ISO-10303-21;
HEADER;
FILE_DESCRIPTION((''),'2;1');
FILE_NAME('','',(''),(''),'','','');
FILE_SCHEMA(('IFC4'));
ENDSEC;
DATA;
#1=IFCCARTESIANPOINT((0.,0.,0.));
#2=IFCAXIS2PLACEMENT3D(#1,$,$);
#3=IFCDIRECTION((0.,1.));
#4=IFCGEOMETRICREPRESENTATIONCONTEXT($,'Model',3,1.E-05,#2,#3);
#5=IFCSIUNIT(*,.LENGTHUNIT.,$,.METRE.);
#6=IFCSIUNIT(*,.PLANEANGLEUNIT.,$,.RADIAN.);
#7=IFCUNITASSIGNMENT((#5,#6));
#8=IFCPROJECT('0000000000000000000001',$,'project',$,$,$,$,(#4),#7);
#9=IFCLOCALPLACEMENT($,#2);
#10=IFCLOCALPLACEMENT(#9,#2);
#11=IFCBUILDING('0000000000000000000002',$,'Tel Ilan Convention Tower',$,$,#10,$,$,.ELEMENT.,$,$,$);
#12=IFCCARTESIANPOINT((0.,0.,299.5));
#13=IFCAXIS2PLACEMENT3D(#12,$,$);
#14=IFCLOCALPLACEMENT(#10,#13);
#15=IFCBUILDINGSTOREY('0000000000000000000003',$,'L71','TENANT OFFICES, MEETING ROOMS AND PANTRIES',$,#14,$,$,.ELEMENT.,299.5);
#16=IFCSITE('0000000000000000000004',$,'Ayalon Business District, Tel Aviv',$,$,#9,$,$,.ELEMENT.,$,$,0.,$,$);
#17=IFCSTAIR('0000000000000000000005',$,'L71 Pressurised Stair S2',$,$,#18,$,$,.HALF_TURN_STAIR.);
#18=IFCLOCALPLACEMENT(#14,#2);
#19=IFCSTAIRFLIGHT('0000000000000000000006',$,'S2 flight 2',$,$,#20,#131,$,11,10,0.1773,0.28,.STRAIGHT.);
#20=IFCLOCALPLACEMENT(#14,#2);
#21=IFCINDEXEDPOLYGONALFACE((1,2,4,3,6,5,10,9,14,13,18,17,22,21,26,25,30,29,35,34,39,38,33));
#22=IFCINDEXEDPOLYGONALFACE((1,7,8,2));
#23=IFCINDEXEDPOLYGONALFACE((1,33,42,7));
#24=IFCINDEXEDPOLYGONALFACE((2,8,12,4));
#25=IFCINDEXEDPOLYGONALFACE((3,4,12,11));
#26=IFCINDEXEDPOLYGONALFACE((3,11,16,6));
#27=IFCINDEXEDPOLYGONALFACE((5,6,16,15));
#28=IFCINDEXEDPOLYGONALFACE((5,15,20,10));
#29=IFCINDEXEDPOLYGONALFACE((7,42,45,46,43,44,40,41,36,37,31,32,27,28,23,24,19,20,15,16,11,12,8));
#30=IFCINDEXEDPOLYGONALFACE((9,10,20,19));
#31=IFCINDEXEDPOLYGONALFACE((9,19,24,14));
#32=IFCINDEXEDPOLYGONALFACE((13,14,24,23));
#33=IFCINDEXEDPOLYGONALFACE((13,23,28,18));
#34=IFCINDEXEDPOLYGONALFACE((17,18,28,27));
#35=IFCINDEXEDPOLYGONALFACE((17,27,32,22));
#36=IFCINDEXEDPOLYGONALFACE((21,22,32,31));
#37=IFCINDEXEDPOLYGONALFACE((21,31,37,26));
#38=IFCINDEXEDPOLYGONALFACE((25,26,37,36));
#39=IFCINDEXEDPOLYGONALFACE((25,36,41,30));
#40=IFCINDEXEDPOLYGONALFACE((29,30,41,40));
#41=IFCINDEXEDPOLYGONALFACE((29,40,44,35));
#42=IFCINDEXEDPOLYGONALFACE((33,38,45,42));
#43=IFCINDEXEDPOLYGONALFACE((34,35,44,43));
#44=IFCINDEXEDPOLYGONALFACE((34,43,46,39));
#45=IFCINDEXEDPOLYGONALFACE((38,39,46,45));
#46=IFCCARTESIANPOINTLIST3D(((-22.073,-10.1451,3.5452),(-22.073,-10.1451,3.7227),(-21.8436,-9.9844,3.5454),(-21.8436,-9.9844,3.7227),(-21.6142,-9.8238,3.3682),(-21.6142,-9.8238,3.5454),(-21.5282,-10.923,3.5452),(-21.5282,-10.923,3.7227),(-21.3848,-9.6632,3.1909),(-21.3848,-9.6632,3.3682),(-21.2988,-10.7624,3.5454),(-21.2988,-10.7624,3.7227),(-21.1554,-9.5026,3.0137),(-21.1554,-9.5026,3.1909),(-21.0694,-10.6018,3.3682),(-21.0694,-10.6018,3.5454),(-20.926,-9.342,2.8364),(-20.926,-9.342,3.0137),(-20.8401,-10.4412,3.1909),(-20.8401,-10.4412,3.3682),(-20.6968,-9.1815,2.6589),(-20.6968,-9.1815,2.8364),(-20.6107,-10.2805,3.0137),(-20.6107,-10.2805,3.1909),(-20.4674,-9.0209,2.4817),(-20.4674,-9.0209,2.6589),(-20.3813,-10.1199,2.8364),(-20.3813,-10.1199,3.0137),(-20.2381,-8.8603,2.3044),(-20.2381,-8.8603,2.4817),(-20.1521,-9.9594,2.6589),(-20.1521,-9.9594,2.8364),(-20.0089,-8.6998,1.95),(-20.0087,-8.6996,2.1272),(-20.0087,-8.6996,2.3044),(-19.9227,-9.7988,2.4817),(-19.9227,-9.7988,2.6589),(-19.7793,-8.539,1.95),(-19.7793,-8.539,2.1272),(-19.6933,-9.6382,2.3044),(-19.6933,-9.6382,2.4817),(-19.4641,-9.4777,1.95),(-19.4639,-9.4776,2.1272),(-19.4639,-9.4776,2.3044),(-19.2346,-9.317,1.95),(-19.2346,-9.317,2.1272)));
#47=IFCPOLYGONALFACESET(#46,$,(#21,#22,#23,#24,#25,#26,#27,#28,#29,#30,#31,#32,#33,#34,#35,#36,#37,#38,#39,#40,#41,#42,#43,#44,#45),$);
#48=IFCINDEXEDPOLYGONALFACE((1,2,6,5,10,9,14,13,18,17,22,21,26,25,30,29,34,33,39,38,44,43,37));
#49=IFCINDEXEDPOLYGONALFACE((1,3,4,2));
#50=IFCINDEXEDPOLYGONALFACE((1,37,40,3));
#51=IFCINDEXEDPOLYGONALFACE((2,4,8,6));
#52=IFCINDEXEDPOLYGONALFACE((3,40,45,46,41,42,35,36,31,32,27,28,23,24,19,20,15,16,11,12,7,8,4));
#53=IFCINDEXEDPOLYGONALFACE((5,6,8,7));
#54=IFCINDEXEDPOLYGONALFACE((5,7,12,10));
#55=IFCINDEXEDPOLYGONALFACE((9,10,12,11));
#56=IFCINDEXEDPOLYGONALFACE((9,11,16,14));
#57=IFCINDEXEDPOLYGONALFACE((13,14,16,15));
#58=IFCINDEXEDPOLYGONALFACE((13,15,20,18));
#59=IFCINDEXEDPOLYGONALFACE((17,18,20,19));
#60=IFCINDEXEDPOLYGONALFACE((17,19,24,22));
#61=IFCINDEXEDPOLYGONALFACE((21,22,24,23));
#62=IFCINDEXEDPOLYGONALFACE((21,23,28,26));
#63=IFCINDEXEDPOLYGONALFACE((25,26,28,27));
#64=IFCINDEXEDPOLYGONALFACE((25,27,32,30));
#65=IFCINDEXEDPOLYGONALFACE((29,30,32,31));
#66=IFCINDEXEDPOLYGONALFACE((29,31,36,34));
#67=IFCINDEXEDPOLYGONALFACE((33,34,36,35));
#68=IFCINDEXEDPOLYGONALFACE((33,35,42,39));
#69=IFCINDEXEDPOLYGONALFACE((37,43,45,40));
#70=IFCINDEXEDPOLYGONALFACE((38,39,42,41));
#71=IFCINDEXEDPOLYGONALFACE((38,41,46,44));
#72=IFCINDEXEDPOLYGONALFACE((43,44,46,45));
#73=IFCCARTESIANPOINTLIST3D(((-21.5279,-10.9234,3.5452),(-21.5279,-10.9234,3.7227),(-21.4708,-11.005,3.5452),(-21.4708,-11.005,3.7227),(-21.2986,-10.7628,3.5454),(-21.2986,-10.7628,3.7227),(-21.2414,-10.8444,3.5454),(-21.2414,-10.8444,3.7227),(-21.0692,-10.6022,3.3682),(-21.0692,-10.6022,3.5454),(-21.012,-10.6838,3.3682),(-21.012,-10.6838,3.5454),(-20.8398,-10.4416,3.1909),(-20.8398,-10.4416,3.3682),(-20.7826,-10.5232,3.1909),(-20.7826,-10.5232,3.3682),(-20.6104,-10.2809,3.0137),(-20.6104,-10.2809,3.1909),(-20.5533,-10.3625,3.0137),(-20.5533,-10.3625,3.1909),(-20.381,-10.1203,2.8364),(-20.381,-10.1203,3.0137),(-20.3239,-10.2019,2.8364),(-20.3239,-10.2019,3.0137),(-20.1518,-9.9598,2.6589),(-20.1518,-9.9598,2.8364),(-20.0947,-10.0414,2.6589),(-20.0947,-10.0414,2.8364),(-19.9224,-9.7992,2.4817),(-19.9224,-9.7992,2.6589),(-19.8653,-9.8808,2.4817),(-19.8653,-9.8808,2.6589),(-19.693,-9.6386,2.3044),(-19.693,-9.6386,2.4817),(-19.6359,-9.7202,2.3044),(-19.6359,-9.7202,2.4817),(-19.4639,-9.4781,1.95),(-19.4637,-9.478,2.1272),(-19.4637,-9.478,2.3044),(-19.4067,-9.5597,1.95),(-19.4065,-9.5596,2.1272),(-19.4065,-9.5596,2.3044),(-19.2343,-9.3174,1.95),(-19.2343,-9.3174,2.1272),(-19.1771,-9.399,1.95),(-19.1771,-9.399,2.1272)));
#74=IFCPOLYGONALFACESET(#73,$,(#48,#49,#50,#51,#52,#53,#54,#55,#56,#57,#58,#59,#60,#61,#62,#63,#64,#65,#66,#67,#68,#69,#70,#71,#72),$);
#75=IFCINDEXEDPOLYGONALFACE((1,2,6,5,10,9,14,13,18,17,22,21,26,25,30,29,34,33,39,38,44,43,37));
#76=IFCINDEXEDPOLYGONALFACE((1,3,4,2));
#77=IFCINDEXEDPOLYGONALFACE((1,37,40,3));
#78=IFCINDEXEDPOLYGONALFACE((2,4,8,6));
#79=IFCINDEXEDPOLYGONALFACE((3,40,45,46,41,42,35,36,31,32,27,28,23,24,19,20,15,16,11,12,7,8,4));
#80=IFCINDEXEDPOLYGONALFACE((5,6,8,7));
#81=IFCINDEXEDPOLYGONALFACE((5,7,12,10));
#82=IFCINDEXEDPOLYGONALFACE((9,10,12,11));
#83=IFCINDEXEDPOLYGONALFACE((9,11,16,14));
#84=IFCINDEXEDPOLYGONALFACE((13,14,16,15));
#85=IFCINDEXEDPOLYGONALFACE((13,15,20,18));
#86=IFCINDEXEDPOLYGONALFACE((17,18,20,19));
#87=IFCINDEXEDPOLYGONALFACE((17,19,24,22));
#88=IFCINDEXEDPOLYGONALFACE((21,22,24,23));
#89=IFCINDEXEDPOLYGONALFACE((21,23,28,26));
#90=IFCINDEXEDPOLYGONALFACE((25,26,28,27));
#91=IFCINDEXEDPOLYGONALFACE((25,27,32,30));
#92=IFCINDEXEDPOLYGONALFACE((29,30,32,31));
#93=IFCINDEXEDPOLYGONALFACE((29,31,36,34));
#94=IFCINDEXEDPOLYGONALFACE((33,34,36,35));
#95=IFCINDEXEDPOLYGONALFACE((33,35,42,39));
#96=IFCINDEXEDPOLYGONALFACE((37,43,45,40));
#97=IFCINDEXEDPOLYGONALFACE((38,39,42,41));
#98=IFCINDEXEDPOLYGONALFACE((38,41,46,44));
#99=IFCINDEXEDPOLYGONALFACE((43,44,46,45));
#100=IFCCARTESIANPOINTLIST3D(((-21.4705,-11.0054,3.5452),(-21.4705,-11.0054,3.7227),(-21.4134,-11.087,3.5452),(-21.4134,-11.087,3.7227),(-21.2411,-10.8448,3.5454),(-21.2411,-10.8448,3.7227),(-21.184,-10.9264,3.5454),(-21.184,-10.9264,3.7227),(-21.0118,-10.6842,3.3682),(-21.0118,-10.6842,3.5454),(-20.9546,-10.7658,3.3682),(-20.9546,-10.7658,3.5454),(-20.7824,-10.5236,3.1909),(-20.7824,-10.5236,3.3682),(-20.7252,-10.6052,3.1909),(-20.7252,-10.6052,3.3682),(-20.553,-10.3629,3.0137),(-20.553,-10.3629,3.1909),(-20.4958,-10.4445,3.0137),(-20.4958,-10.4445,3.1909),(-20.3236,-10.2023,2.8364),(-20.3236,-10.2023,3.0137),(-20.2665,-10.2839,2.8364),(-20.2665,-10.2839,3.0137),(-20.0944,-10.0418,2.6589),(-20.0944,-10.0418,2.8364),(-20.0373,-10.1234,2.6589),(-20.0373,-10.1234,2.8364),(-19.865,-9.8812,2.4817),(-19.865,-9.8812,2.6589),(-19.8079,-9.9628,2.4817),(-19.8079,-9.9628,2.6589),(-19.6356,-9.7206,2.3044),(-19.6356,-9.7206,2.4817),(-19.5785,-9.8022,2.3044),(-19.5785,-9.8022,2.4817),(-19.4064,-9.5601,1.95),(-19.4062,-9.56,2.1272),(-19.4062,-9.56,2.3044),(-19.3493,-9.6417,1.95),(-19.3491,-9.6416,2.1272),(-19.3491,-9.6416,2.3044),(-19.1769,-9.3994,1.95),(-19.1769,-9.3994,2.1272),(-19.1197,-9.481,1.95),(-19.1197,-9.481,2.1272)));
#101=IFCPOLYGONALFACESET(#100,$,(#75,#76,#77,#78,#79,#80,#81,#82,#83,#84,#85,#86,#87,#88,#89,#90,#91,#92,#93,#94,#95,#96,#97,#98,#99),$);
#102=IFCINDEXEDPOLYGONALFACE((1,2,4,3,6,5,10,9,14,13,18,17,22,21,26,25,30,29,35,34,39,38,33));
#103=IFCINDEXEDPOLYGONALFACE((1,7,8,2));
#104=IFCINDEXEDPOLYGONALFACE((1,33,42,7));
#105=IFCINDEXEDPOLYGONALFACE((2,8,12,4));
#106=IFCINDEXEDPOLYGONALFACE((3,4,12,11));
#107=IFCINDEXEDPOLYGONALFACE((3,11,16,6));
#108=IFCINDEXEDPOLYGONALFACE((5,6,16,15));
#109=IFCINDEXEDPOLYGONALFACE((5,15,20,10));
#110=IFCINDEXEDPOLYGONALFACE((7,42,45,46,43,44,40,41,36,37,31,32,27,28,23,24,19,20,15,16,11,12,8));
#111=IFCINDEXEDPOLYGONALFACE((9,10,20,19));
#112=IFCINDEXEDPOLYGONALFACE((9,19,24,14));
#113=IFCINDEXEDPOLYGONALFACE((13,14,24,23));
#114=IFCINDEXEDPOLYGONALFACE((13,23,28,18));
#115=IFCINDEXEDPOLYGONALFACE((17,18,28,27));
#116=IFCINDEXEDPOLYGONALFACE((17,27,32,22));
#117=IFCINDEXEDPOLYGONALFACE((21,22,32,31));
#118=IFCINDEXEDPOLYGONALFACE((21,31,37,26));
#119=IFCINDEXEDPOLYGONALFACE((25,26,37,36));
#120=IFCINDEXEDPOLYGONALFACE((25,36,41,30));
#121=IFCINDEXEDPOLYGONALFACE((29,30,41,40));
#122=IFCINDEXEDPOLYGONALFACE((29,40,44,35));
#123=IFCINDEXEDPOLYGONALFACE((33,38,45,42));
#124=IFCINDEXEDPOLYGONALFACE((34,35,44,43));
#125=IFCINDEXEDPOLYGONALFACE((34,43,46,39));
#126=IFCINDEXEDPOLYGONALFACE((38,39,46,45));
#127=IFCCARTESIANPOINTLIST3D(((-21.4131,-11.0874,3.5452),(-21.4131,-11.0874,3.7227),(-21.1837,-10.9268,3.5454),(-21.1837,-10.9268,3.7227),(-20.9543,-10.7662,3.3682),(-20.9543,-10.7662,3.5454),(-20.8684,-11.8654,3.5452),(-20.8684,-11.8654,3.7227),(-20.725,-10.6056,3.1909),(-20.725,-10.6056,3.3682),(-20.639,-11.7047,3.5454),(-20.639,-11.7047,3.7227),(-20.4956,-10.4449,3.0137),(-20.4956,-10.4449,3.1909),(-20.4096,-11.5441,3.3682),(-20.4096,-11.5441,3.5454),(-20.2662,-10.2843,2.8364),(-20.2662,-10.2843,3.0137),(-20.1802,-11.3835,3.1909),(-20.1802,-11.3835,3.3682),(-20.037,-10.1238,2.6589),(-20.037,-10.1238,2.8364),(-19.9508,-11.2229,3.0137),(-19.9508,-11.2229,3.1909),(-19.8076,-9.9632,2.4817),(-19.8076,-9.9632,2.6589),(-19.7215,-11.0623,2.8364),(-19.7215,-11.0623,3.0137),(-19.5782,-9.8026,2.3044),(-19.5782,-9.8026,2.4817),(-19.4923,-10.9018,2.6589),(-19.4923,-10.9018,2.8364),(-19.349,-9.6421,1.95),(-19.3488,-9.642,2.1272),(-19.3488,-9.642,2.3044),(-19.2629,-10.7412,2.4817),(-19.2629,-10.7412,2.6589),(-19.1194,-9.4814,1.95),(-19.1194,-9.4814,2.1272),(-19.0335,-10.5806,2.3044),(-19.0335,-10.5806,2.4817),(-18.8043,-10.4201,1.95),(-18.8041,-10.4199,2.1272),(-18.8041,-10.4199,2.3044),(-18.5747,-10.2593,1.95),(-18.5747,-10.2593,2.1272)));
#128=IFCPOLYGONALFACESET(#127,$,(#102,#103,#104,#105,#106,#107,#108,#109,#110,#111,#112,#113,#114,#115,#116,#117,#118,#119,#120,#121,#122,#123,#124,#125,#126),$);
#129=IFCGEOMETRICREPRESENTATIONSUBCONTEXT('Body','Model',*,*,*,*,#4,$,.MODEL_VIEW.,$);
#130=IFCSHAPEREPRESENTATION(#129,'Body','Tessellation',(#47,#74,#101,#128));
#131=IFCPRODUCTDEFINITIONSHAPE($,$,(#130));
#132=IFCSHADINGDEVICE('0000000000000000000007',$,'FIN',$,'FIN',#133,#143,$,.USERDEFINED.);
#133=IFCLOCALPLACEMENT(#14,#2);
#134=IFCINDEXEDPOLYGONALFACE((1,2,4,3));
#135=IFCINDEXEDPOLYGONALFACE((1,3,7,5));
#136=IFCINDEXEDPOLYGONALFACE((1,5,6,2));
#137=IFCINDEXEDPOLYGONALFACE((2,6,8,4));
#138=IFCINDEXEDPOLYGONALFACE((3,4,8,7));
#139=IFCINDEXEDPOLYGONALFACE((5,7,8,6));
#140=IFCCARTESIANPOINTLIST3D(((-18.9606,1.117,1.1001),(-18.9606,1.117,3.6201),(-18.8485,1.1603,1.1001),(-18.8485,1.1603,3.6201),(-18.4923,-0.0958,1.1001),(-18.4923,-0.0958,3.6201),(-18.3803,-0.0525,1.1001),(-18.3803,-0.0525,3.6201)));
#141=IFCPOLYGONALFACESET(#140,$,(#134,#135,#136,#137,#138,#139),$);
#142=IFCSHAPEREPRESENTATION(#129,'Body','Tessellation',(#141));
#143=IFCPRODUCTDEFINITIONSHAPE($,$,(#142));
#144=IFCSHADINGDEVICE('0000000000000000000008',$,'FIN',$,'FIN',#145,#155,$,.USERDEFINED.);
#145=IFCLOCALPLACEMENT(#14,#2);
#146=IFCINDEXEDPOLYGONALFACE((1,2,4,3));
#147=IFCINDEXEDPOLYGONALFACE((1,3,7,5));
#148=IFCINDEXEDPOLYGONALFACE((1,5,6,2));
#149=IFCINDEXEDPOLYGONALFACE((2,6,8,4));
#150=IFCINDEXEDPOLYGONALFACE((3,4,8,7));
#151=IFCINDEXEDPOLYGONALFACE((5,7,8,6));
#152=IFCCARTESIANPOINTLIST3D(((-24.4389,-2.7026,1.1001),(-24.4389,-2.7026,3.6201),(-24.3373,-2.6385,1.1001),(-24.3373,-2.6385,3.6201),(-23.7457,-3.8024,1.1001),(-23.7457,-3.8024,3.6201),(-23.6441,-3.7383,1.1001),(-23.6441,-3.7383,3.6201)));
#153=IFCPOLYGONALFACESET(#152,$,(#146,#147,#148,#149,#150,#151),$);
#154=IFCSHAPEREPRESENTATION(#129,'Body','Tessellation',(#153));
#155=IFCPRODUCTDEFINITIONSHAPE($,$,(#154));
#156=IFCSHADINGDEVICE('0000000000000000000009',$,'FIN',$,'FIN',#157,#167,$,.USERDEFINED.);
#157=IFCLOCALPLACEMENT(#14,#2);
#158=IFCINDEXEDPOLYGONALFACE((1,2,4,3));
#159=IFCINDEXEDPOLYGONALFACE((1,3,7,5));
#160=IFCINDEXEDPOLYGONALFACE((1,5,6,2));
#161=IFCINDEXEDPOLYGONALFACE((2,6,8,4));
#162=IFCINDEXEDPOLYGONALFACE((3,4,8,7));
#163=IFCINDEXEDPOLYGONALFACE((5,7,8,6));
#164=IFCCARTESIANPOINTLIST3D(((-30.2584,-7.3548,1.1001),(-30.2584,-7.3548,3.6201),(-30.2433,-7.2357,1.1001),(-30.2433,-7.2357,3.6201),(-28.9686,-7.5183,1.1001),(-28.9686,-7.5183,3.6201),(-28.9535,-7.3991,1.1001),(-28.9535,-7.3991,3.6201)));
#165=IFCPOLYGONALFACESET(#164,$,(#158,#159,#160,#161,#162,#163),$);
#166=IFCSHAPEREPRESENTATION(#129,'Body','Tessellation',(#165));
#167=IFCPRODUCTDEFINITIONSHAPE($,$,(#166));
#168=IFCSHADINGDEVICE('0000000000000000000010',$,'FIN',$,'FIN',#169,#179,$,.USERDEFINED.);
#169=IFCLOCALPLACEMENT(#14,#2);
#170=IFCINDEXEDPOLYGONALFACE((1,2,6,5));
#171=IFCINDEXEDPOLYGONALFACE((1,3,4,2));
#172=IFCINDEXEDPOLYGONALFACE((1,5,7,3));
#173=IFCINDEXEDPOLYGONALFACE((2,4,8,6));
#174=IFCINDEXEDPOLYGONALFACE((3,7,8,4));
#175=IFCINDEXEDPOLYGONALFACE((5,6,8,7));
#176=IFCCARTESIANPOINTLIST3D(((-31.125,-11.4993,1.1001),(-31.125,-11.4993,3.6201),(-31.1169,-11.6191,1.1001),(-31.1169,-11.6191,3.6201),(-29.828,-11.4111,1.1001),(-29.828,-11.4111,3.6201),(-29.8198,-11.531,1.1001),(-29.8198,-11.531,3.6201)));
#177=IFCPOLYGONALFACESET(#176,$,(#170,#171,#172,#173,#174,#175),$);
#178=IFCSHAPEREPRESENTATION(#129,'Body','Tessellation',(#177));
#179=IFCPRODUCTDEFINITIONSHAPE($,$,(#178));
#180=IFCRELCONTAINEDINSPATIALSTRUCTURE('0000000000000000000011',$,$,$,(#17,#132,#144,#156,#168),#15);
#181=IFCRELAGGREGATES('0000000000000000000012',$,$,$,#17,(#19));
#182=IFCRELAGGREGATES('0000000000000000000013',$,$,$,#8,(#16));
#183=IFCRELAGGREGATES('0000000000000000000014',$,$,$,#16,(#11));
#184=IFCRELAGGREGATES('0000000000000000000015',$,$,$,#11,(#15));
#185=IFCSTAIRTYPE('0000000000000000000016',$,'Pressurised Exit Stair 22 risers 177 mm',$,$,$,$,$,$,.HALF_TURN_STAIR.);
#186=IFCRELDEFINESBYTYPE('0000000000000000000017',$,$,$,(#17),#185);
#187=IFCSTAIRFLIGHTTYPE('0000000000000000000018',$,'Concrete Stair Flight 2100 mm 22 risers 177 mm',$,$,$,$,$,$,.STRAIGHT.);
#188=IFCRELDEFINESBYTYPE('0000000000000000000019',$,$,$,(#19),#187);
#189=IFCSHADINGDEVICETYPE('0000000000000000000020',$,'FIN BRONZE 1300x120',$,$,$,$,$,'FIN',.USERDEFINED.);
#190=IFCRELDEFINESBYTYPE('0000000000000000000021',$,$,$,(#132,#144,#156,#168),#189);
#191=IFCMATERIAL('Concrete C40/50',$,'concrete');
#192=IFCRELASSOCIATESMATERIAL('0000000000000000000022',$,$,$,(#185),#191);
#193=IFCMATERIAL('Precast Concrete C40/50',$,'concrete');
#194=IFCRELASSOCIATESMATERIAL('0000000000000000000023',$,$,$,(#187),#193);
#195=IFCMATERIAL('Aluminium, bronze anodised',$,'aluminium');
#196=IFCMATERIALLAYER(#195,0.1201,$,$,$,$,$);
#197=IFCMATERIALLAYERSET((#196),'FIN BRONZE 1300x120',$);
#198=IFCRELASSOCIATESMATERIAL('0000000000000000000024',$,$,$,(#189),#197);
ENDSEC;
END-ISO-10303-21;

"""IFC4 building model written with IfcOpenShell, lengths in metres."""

from ifc_helpers import new_model, si_unit, direction, frame, origin, origin_2d, place, context, subcontext, project, spatial, polyline, rectangle, outline, extrude, material, layer, layer_set, type_object, element, aggregate, save


model = new_model("IFC4")

# Units and contexts
model_context = context("Model", 3, precision=1e-05, world=origin(), true_north=direction((0.0, 1.0)))
body_context = subcontext(model_context, "Body", "Model", "MODEL_VIEW")
ifc_project = project(units=[si_unit("LENGTHUNIT", "METRE"), si_unit("PLANEANGLEUNIT", "RADIAN")], contexts=[model_context])

# Site, building, storey
site_placement = place(None, origin())
site = spatial("IfcSite", under=ifc_project, at=site_placement, Name="Ayalon Business District, Tel Aviv", CompositionType="ELEMENT", RefElevation=0.0)
building_placement = place(site_placement, origin())
building = spatial("IfcBuilding", under=site, at=building_placement, Name="Tel Ilan Convention Tower", CompositionType="ELEMENT")
storey_placement = place(building_placement, frame((0.0, 0.0, 299.5)))
storey = spatial("IfcBuildingStorey", under=building, at=storey_placement, Name="L71", Description="TENANT OFFICES, MEETING ROOMS AND PANTRIES", CompositionType="ELEMENT", Elevation=299.5)

# Shared definitions
ifc_material_1 = material(Name="Concrete C40/50", Category="concrete")
stair_type = type_object("IfcStairType", Name="Pressurised Exit Stair 22 risers 177 mm", PredefinedType="HALF_TURN_STAIR", material=ifc_material_1)
ifc_material_2 = material(Name="Precast Concrete C40/50", Category="concrete")
stair_flight_type = type_object("IfcStairFlightType", Name="Concrete Stair Flight 2100 mm 22 risers 177 mm", PredefinedType="STRAIGHT", material=ifc_material_2)

# Stair, stair flight
stair_1_placement = place(storey_placement, origin())
stair_1 = element("IfcStair", 1, at=stair_1_placement, inside=storey, type_object=stair_type, Name="L71 Pressurised Stair S2", PredefinedType="HALF_TURN_STAIR")
stair_flight_1_placement = place(storey_placement, frame((-19.177, -9.3992, 1.95), z_axis=(0.0, 0.0, 1.0), x_axis=(-0.819152, -0.573576, 0.0)))
stair_flight_1 = element("IfcStairFlight", 2, at=stair_flight_1_placement, type_object=stair_flight_type, Name="S2 flight 2", NumberOfRisers=11, NumberOfTreads=10, PredefinedType="STRAIGHT", RiserHeight=0.1773, TreadLength=0.28, context=body_context, shape_type="SweptSolid", body=[
    extrude(outline(polyline([(0.0, 0.0), (0.0, 0.1772), (0.28, 0.1772), (0.28, 0.3545), (0.5601, 0.3545), (0.5601, 0.5317), (0.8401, 0.5317), (0.8401, 0.709), (1.1201, 0.709), (1.1201, 0.8865), (1.3999, 0.8865), (1.3999, 1.0637), (1.6799, 1.0637), (1.6799, 1.241), (1.96, 1.241), (1.96, 1.4182), (2.24, 1.4182), (2.24, 1.5955), (2.52, 1.5955), (2.52, 1.7727), (2.8, 1.7727), (2.8, 1.95), (2.8, 1.5952), (0.2803, 0.0), (0.0, 0.0)])), frame((0.0, -0.1003, 0.0), z_axis=(0.0, -1.0, 0.0), x_axis=(1.0, 0.0, 0.0)), (0.0, 0.0, 1.0), 0.9497),
    extrude(outline(polyline([(0.0, 0.0), (0.0, 0.1772), (0.28, 0.1772), (0.28, 0.3545), (0.5601, 0.3545), (0.5601, 0.5317), (0.8401, 0.5317), (0.8401, 0.709), (1.1201, 0.709), (1.1201, 0.8865), (1.3999, 0.8865), (1.3999, 1.0637), (1.6799, 1.0637), (1.6799, 1.241), (1.96, 1.241), (1.96, 1.4182), (2.24, 1.4182), (2.24, 1.5955), (2.52, 1.5955), (2.52, 1.7727), (2.8, 1.7727), (2.8, 1.95), (2.8, 1.5952), (0.2803, 0.0), (0.0, 0.0)])), frame((0.0, -0.0002, 0.0), z_axis=(0.0, -1.0, 0.0), x_axis=(1.0, 0.0, 0.0)), (0.0, 0.0, 1.0), 0.0996),
    extrude(outline(polyline([(0.0, 0.0), (0.0, 0.1772), (0.28, 0.1772), (0.28, 0.3545), (0.5601, 0.3545), (0.5601, 0.5317), (0.8401, 0.5317), (0.8401, 0.709), (1.1201, 0.709), (1.1201, 0.8865), (1.3999, 0.8865), (1.3999, 1.0637), (1.6799, 1.0637), (1.6799, 1.241), (1.96, 1.241), (1.96, 1.4182), (2.24, 1.4182), (2.24, 1.5955), (2.52, 1.5955), (2.52, 1.7727), (2.8, 1.7727), (2.8, 1.95), (2.8, 1.5952), (0.2803, 0.0), (0.0, 0.0)])), frame((0.0, 0.0999, 0.0), z_axis=(0.0, -1.0, 0.0), x_axis=(1.0, 0.0, 0.0)), (0.0, 0.0, 1.0), 0.0996),
    extrude(outline(polyline([(0.0, 0.0), (0.0, 0.1772), (0.28, 0.1772), (0.28, 0.3545), (0.5601, 0.3545), (0.5601, 0.5317), (0.8401, 0.5317), (0.8401, 0.709), (1.1201, 0.709), (1.1201, 0.8865), (1.3999, 0.8865), (1.3999, 1.0637), (1.6799, 1.0637), (1.6799, 1.241), (1.96, 1.241), (1.96, 1.4182), (2.24, 1.4182), (2.24, 1.5955), (2.52, 1.5955), (2.52, 1.7727), (2.8, 1.7727), (2.8, 1.95), (2.8, 1.5952), (0.2803, 0.0), (0.0, 0.0)])), frame((0.0, 1.05, 0.0), z_axis=(0.0, -1.0, 0.0), x_axis=(1.0, 0.0, 0.0)), (0.0, 0.0, 1.0), 0.9497),
])
aggregate(stair_1, [stair_flight_1])

# Shading devices
ifc_material_3 = material(Name="Aluminium, bronze anodised", Category="aluminium")
ifc_layer_1 = layer(ifc_material_3, 0.1201)
ifc_layer_set_1 = layer_set([ifc_layer_1], Name="FIN BRONZE 1300x120")
shading_device_type = type_object("IfcShadingDeviceType", Name="FIN BRONZE 1300x120", ElementType="FIN", PredefinedType="USERDEFINED", material=ifc_layer_set_1)
for number, where, z_axis, x_axis, name in (
    (3, (-18.6704, 0.5322, 1.1001), (0.0, 0.0, 1.0), (-0.360178, 0.932884, 0.0), "FIN"),
    (4, (-24.0415, -3.2205, 1.1001), (0.0, 0.0, 1.0), (-0.533204, 0.845986, 0.0), "FIN"),
    (5, (-29.606, -7.377, 1.1001), (0.0, 0.0, 1.0), (-0.992066, 0.125718, 0.0), "FIN"),
    (6, (-30.4724, -11.5151, 1.1001), (0.0, 0.0, 1.0), (-0.997697, -0.067822, 0.0), "FIN"),
):
    element("IfcShadingDevice", number, at=place(storey_placement, frame(where, z_axis=z_axis, x_axis=x_axis)), inside=storey, type_object=shading_device_type, Name=name, ObjectType="FIN", PredefinedType="USERDEFINED", context=body_context, shape_type="SweptSolid", body=[
        extrude(rectangle(XDim=1.3, YDim=0.1201, at=origin_2d()), origin(), (0.0, 0.0, 1.0), 2.52),
    ])

save(model, "model.ifc")
